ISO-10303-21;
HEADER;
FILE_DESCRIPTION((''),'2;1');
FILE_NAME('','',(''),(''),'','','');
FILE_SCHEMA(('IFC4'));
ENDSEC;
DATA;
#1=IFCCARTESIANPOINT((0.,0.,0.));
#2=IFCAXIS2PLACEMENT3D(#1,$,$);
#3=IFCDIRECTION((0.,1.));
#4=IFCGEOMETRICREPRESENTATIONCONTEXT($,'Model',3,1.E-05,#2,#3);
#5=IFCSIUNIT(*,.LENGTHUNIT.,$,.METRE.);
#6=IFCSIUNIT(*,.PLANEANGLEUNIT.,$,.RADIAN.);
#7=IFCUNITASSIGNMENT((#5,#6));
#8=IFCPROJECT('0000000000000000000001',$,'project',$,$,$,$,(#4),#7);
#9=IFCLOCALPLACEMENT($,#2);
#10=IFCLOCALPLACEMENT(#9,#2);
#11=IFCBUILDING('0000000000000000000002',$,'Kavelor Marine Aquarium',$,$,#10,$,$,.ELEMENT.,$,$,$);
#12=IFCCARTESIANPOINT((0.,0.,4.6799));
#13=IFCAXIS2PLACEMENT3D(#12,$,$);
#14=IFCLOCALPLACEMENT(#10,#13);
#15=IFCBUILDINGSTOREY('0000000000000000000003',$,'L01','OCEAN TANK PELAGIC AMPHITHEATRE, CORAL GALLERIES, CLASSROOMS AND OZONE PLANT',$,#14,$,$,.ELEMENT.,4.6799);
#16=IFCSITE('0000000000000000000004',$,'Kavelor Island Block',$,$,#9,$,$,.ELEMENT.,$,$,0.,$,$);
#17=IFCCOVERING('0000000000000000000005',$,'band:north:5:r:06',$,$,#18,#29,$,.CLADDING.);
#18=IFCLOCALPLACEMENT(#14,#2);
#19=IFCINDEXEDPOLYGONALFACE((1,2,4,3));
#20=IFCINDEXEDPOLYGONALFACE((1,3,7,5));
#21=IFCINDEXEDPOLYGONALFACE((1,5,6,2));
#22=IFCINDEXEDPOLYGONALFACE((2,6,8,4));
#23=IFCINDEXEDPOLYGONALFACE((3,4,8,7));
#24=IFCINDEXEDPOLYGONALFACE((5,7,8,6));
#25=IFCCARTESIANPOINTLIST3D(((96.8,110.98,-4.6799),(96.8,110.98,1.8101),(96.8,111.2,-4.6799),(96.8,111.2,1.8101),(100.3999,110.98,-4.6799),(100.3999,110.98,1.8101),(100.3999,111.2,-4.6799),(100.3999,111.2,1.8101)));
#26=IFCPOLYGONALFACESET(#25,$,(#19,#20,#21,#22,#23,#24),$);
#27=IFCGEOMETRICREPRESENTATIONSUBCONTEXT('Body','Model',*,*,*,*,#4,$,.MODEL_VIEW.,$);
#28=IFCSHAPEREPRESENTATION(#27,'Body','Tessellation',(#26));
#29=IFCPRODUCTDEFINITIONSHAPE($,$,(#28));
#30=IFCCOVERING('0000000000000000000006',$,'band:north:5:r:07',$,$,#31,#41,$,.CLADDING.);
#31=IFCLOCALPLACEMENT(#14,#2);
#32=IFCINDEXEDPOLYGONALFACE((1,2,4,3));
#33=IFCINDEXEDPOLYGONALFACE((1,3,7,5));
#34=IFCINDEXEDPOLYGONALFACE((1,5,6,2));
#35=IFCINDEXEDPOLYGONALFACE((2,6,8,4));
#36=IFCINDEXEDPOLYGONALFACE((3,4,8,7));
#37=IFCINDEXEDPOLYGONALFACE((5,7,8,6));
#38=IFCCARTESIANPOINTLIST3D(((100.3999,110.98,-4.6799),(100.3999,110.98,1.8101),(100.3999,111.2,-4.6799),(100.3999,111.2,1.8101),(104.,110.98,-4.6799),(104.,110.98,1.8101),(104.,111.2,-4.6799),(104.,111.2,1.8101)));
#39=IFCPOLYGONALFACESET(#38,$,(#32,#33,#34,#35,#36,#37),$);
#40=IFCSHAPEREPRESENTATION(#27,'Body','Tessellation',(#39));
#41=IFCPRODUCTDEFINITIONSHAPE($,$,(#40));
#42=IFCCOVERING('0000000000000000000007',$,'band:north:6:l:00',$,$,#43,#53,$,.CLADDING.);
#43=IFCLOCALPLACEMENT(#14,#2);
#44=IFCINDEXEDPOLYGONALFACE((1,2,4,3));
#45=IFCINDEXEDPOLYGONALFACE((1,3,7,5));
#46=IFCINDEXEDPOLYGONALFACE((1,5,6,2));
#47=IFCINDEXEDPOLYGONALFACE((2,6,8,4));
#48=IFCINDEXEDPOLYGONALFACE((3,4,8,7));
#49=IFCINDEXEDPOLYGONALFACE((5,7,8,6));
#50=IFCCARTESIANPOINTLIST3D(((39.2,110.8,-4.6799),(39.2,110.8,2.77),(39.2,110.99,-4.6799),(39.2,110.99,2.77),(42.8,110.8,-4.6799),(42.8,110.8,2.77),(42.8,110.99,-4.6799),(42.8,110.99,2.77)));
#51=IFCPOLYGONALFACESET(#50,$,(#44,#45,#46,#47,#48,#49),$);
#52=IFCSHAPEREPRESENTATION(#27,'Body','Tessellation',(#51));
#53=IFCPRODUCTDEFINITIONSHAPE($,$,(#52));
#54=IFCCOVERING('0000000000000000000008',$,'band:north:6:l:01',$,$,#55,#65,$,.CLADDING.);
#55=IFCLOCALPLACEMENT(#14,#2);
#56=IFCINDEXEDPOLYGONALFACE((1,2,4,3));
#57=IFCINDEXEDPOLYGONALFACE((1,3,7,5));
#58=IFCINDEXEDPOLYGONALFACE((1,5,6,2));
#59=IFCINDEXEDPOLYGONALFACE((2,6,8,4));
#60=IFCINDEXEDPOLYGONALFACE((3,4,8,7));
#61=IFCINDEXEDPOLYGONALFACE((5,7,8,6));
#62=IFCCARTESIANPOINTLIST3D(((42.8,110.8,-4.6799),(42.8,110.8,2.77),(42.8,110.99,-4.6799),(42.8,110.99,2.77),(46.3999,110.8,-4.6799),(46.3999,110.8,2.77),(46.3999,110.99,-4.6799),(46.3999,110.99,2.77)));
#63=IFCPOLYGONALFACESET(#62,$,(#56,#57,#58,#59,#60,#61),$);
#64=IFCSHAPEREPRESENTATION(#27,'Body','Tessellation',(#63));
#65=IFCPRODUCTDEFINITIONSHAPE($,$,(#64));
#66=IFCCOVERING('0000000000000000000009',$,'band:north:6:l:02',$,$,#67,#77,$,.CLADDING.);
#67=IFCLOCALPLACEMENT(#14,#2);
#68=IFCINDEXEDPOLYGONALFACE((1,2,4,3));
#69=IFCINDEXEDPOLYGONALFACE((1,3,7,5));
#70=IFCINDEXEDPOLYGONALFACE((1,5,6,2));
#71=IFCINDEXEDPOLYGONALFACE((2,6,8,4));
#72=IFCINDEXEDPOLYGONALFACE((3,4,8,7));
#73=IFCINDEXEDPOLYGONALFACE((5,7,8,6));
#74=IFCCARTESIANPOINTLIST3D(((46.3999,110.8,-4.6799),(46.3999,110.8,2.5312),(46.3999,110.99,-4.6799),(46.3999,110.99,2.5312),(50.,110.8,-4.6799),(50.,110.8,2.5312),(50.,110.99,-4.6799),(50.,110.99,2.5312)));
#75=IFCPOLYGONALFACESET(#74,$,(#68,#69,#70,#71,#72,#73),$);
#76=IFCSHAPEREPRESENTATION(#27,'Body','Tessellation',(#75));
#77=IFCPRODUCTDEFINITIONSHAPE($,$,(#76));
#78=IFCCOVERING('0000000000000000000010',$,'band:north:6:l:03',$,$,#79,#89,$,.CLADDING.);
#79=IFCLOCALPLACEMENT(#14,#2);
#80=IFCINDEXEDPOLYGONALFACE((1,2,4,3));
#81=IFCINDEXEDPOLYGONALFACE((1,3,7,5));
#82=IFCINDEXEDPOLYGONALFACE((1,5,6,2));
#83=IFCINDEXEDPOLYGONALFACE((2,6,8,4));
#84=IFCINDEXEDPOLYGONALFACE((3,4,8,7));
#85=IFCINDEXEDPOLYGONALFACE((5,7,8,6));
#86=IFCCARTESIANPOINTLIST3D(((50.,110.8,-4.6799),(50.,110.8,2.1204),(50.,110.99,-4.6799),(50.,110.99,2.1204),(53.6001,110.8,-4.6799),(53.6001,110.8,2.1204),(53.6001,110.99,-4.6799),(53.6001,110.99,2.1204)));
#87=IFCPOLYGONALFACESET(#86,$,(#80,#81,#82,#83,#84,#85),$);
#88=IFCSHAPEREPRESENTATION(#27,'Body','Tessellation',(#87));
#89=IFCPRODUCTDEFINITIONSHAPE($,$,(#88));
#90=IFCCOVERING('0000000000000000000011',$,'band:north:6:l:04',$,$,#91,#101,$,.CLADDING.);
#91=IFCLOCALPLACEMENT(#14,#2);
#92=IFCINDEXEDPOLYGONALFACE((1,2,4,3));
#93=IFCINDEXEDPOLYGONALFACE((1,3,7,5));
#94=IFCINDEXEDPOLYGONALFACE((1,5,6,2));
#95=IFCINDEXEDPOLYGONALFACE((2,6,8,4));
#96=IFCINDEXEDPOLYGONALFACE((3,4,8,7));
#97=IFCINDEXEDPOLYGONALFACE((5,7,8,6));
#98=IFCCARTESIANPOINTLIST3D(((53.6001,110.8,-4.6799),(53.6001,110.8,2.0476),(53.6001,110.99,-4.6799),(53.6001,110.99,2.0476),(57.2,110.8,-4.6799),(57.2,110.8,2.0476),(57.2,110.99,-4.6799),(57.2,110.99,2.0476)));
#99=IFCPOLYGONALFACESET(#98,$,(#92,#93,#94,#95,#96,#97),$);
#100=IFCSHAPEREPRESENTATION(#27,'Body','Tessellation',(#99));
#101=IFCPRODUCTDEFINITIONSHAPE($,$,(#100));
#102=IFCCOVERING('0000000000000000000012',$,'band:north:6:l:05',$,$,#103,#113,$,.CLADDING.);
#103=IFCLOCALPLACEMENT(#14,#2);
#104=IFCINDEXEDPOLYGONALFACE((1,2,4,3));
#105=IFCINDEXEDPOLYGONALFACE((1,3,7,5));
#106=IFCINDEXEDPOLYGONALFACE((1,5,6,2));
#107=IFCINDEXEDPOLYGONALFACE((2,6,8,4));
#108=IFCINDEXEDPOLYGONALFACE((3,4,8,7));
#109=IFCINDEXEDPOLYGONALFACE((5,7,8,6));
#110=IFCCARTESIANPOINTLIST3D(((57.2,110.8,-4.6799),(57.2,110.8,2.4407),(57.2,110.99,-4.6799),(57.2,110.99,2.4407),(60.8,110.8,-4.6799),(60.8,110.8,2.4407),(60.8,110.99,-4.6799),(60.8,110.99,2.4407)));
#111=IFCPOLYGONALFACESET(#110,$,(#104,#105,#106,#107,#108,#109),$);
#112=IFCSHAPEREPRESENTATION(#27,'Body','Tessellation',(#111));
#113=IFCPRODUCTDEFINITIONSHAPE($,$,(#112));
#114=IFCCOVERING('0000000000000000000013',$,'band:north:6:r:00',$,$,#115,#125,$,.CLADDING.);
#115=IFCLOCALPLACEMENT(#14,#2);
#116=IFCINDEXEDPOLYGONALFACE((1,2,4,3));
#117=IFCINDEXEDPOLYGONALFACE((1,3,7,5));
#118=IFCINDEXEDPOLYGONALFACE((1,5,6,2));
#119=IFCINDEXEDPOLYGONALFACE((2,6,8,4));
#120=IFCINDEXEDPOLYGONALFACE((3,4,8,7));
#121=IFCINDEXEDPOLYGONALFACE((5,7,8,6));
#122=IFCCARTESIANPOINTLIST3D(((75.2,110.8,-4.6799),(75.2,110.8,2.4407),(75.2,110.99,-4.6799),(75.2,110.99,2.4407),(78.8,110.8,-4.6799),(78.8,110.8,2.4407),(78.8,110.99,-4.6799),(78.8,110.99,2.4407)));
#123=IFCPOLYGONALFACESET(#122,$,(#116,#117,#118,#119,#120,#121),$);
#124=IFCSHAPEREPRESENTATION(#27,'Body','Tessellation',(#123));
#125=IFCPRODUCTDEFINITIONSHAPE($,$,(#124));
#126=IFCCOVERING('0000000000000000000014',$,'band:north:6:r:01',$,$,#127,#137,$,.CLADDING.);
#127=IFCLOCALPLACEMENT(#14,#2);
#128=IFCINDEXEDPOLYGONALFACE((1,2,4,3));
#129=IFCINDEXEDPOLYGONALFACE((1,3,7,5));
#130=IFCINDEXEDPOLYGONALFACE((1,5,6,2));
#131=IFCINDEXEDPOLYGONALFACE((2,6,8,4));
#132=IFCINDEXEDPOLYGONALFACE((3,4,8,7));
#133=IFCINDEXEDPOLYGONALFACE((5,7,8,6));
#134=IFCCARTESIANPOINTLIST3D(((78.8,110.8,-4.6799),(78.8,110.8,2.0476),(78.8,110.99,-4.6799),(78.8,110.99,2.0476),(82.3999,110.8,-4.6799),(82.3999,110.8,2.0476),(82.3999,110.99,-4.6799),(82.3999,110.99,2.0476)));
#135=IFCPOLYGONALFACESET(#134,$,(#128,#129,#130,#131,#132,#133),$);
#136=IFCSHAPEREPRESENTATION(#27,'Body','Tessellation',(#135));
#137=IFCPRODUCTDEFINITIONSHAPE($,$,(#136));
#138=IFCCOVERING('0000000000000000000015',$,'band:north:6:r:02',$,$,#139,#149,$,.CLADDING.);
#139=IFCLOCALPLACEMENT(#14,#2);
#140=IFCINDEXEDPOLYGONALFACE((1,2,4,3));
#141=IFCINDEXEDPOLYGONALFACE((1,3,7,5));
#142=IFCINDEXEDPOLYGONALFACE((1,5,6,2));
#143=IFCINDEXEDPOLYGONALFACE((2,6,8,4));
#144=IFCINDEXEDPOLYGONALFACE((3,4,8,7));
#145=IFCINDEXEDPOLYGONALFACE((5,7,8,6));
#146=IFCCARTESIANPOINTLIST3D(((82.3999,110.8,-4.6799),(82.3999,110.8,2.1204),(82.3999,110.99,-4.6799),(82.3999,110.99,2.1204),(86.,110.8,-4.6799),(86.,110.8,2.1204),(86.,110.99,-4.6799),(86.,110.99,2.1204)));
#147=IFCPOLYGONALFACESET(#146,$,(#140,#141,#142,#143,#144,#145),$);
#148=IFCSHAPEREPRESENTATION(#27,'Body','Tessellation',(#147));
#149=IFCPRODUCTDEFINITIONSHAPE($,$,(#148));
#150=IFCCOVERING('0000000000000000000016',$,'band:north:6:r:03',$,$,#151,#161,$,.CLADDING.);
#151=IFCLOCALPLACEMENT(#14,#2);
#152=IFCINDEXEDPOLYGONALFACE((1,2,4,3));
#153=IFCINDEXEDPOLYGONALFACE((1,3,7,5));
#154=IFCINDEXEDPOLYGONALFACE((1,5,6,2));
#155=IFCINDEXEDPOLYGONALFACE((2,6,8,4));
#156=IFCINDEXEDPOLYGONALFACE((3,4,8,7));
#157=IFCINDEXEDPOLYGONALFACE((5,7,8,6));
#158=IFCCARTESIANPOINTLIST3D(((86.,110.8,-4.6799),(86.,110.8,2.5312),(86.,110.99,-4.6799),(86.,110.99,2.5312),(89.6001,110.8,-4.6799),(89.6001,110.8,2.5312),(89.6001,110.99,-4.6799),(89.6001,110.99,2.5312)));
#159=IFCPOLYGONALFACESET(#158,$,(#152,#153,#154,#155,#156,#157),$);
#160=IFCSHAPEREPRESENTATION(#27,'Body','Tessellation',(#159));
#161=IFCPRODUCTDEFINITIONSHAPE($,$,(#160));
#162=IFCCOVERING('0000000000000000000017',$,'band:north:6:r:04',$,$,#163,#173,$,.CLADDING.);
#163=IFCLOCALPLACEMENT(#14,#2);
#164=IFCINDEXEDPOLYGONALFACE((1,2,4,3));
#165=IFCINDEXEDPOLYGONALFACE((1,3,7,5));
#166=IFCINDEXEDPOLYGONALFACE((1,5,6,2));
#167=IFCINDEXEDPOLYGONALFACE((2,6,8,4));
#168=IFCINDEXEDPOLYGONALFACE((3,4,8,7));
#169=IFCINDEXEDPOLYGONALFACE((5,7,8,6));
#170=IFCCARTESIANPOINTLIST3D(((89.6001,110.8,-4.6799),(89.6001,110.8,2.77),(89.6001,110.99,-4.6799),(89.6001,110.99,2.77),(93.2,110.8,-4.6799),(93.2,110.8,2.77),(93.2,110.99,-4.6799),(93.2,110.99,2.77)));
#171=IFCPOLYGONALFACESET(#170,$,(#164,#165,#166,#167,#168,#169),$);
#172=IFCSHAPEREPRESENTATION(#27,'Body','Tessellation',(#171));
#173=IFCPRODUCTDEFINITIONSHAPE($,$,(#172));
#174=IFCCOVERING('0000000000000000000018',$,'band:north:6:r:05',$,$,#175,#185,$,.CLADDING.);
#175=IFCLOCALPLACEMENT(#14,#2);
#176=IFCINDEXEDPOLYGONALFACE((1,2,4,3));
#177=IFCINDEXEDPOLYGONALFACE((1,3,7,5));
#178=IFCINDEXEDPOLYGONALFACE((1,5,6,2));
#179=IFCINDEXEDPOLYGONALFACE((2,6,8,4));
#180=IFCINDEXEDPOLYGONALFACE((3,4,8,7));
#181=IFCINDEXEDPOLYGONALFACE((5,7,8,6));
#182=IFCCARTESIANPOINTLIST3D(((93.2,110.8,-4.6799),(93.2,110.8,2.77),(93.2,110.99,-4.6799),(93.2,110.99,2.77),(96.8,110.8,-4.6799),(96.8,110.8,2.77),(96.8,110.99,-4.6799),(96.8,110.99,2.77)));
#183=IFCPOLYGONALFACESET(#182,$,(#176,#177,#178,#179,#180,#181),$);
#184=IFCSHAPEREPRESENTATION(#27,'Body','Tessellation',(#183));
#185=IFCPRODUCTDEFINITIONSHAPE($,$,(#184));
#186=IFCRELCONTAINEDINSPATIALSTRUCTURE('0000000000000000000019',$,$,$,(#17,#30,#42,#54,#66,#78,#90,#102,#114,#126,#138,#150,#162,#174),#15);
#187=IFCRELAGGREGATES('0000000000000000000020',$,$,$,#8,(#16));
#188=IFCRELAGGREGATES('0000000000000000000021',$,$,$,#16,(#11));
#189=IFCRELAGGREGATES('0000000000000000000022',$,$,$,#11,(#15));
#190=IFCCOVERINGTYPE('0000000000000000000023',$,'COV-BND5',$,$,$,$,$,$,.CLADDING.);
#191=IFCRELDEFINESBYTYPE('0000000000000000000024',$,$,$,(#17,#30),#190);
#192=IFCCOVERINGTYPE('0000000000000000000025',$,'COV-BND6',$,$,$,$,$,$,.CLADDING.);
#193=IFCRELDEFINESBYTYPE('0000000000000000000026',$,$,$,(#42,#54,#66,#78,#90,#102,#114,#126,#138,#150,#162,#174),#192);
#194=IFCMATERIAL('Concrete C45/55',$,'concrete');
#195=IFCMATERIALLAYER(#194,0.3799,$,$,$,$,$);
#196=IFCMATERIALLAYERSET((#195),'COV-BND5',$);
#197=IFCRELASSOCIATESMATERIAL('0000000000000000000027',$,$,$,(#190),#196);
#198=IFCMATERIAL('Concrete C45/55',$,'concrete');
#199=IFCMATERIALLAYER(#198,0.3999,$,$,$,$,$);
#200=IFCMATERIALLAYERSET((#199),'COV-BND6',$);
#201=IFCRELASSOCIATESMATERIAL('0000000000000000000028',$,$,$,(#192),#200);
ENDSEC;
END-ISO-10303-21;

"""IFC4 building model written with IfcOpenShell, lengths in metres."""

from ifc_helpers import new_model, si_unit, direction, frame, origin, place, context, subcontext, project, spatial, polyline, outline, extrude, material, layer, layer_set, type_object, element, save


model = new_model("IFC4")

# Units and contexts
model_context = context("Model", 3, precision=1e-05, world=origin(), true_north=direction((0.0, 1.0)))
body_context = subcontext(model_context, "Body", "Model", "MODEL_VIEW")
ifc_project = project(units=[si_unit("LENGTHUNIT", "METRE"), si_unit("PLANEANGLEUNIT", "RADIAN")], contexts=[model_context])

# Site, building, storey
site_placement = place(None, origin())
site = spatial("IfcSite", under=ifc_project, at=site_placement, Name="Kavelor Island Block", CompositionType="ELEMENT", RefElevation=0.0)
building_placement = place(site_placement, origin())
building = spatial("IfcBuilding", under=site, at=building_placement, Name="Kavelor Marine Aquarium", CompositionType="ELEMENT")
storey_placement = place(building_placement, frame((0.0, 0.0, 4.6799)))
storey = spatial("IfcBuildingStorey", under=building, at=storey_placement, Name="L01", Description="OCEAN TANK PELAGIC AMPHITHEATRE, CORAL GALLERIES, CLASSROOMS AND OZONE PLANT", CompositionType="ELEMENT", Elevation=4.6799)

# Coverings
ifc_material_1 = material(Name="Concrete C45/55", Category="concrete")
ifc_layer_1 = layer(ifc_material_1, 0.3799)
ifc_layer_set_1 = layer_set([ifc_layer_1], Name="COV-BND5")
covering_type_1 = type_object("IfcCoveringType", Name="COV-BND5", PredefinedType="CLADDING", material=ifc_layer_set_1)
covering_1_placement = place(storey_placement, frame((0.0, 0.0, -4.6799)))
element("IfcCovering", 1, at=covering_1_placement, inside=storey, type_object=covering_type_1, Name="band:north:5:r:06", PredefinedType="CLADDING", context=body_context, shape_type="SweptSolid", body=[
    extrude(outline(polyline([(96.8, 110.98), (100.3999, 110.98), (100.3999, 111.2), (96.8, 111.2), (96.8, 110.98)])), origin(), (0.0, 0.0, 1.0), 6.49),
])
covering_2_placement = place(storey_placement, frame((0.0, 0.0, -4.6799)))
element("IfcCovering", 2, at=covering_2_placement, inside=storey, type_object=covering_type_1, Name="band:north:5:r:07", PredefinedType="CLADDING", context=body_context, shape_type="SweptSolid", body=[
    extrude(outline(polyline([(100.3999, 110.98), (104.0, 110.98), (104.0, 111.2), (100.3999, 111.2), (100.3999, 110.98)])), origin(), (0.0, 0.0, 1.0), 6.49),
])
ifc_material_2 = material(Name="Concrete C45/55", Category="concrete")
ifc_layer_2 = layer(ifc_material_2, 0.3999)
ifc_layer_set_2 = layer_set([ifc_layer_2], Name="COV-BND6")
covering_type_2 = type_object("IfcCoveringType", Name="COV-BND6", PredefinedType="CLADDING", material=ifc_layer_set_2)
covering_3_placement = place(storey_placement, frame((0.0, 0.0, -4.6799)))
element("IfcCovering", 3, at=covering_3_placement, inside=storey, type_object=covering_type_2, Name="band:north:6:l:00", PredefinedType="CLADDING", context=body_context, shape_type="SweptSolid", body=[
    extrude(outline(polyline([(39.2, 110.8), (42.8, 110.8), (42.8, 110.99), (39.2, 110.99), (39.2, 110.8)])), origin(), (0.0, 0.0, 1.0), 7.45),
])
covering_4_placement = place(storey_placement, frame((0.0, 0.0, -4.6799)))
element("IfcCovering", 4, at=covering_4_placement, inside=storey, type_object=covering_type_2, Name="band:north:6:l:01", PredefinedType="CLADDING", context=body_context, shape_type="SweptSolid", body=[
    extrude(outline(polyline([(42.8, 110.8), (46.3999, 110.8), (46.3999, 110.99), (42.8, 110.99), (42.8, 110.8)])), origin(), (0.0, 0.0, 1.0), 7.45),
])
covering_5_placement = place(storey_placement, frame((0.0, 0.0, -4.6799)))
element("IfcCovering", 5, at=covering_5_placement, inside=storey, type_object=covering_type_2, Name="band:north:6:l:02", PredefinedType="CLADDING", context=body_context, shape_type="SweptSolid", body=[
    extrude(outline(polyline([(46.3999, 110.8), (50.0, 110.8), (50.0, 110.99), (46.3999, 110.99), (46.3999, 110.8)])), origin(), (0.0, 0.0, 1.0), 7.2112),
])
covering_6_placement = place(storey_placement, frame((0.0, 0.0, -4.6799)))
element("IfcCovering", 6, at=covering_6_placement, inside=storey, type_object=covering_type_2, Name="band:north:6:l:03", PredefinedType="CLADDING", context=body_context, shape_type="SweptSolid", body=[
    extrude(outline(polyline([(50.0, 110.8), (53.6001, 110.8), (53.6001, 110.99), (50.0, 110.99), (50.0, 110.8)])), origin(), (0.0, 0.0, 1.0), 6.8003),
])
covering_7_placement = place(storey_placement, frame((0.0, 0.0, -4.6799)))
element("IfcCovering", 7, at=covering_7_placement, inside=storey, type_object=covering_type_2, Name="band:north:6:l:04", PredefinedType="CLADDING", context=body_context, shape_type="SweptSolid", body=[
    extrude(outline(polyline([(53.6001, 110.8), (57.2, 110.8), (57.2, 110.99), (53.6001, 110.99), (53.6001, 110.8)])), origin(), (0.0, 0.0, 1.0), 6.7275),
])
covering_8_placement = place(storey_placement, frame((0.0, 0.0, -4.6799)))
element("IfcCovering", 8, at=covering_8_placement, inside=storey, type_object=covering_type_2, Name="band:north:6:l:05", PredefinedType="CLADDING", context=body_context, shape_type="SweptSolid", body=[
    extrude(outline(polyline([(57.2, 110.8), (60.8, 110.8), (60.8, 110.99), (57.2, 110.99), (57.2, 110.8)])), origin(), (0.0, 0.0, 1.0), 7.1206),
])
covering_9_placement = place(storey_placement, frame((0.0, 0.0, -4.6799)))
element("IfcCovering", 9, at=covering_9_placement, inside=storey, type_object=covering_type_2, Name="band:north:6:r:00", PredefinedType="CLADDING", context=body_context, shape_type="SweptSolid", body=[
    extrude(outline(polyline([(75.2, 110.8), (78.8, 110.8), (78.8, 110.99), (75.2, 110.99), (75.2, 110.8)])), origin(), (0.0, 0.0, 1.0), 7.1206),
])
covering_10_placement = place(storey_placement, frame((0.0, 0.0, -4.6799)))
element("IfcCovering", 10, at=covering_10_placement, inside=storey, type_object=covering_type_2, Name="band:north:6:r:01", PredefinedType="CLADDING", context=body_context, shape_type="SweptSolid", body=[
    extrude(outline(polyline([(78.8, 110.8), (82.3999, 110.8), (82.3999, 110.99), (78.8, 110.99), (78.8, 110.8)])), origin(), (0.0, 0.0, 1.0), 6.7275),
])
covering_11_placement = place(storey_placement, frame((0.0, 0.0, -4.6799)))
element("IfcCovering", 11, at=covering_11_placement, inside=storey, type_object=covering_type_2, Name="band:north:6:r:02", PredefinedType="CLADDING", context=body_context, shape_type="SweptSolid", body=[
    extrude(outline(polyline([(82.3999, 110.8), (86.0, 110.8), (86.0, 110.99), (82.3999, 110.99), (82.3999, 110.8)])), origin(), (0.0, 0.0, 1.0), 6.8003),
])
covering_12_placement = place(storey_placement, frame((0.0, 0.0, -4.6799)))
element("IfcCovering", 12, at=covering_12_placement, inside=storey, type_object=covering_type_2, Name="band:north:6:r:03", PredefinedType="CLADDING", context=body_context, shape_type="SweptSolid", body=[
    extrude(outline(polyline([(86.0, 110.8), (89.6001, 110.8), (89.6001, 110.99), (86.0, 110.99), (86.0, 110.8)])), origin(), (0.0, 0.0, 1.0), 7.2112),
])
covering_13_placement = place(storey_placement, frame((0.0, 0.0, -4.6799)))
element("IfcCovering", 13, at=covering_13_placement, inside=storey, type_object=covering_type_2, Name="band:north:6:r:04", PredefinedType="CLADDING", context=body_context, shape_type="SweptSolid", body=[
    extrude(outline(polyline([(89.6001, 110.8), (93.2, 110.8), (93.2, 110.99), (89.6001, 110.99), (89.6001, 110.8)])), origin(), (0.0, 0.0, 1.0), 7.45),
])
covering_14_placement = place(storey_placement, frame((0.0, 0.0, -4.6799)))
element("IfcCovering", 14, at=covering_14_placement, inside=storey, type_object=covering_type_2, Name="band:north:6:r:05", PredefinedType="CLADDING", context=body_context, shape_type="SweptSolid", body=[
    extrude(outline(polyline([(93.2, 110.8), (96.8, 110.8), (96.8, 110.99), (93.2, 110.99), (93.2, 110.8)])), origin(), (0.0, 0.0, 1.0), 7.45),
])

save(model, "model.ifc")
